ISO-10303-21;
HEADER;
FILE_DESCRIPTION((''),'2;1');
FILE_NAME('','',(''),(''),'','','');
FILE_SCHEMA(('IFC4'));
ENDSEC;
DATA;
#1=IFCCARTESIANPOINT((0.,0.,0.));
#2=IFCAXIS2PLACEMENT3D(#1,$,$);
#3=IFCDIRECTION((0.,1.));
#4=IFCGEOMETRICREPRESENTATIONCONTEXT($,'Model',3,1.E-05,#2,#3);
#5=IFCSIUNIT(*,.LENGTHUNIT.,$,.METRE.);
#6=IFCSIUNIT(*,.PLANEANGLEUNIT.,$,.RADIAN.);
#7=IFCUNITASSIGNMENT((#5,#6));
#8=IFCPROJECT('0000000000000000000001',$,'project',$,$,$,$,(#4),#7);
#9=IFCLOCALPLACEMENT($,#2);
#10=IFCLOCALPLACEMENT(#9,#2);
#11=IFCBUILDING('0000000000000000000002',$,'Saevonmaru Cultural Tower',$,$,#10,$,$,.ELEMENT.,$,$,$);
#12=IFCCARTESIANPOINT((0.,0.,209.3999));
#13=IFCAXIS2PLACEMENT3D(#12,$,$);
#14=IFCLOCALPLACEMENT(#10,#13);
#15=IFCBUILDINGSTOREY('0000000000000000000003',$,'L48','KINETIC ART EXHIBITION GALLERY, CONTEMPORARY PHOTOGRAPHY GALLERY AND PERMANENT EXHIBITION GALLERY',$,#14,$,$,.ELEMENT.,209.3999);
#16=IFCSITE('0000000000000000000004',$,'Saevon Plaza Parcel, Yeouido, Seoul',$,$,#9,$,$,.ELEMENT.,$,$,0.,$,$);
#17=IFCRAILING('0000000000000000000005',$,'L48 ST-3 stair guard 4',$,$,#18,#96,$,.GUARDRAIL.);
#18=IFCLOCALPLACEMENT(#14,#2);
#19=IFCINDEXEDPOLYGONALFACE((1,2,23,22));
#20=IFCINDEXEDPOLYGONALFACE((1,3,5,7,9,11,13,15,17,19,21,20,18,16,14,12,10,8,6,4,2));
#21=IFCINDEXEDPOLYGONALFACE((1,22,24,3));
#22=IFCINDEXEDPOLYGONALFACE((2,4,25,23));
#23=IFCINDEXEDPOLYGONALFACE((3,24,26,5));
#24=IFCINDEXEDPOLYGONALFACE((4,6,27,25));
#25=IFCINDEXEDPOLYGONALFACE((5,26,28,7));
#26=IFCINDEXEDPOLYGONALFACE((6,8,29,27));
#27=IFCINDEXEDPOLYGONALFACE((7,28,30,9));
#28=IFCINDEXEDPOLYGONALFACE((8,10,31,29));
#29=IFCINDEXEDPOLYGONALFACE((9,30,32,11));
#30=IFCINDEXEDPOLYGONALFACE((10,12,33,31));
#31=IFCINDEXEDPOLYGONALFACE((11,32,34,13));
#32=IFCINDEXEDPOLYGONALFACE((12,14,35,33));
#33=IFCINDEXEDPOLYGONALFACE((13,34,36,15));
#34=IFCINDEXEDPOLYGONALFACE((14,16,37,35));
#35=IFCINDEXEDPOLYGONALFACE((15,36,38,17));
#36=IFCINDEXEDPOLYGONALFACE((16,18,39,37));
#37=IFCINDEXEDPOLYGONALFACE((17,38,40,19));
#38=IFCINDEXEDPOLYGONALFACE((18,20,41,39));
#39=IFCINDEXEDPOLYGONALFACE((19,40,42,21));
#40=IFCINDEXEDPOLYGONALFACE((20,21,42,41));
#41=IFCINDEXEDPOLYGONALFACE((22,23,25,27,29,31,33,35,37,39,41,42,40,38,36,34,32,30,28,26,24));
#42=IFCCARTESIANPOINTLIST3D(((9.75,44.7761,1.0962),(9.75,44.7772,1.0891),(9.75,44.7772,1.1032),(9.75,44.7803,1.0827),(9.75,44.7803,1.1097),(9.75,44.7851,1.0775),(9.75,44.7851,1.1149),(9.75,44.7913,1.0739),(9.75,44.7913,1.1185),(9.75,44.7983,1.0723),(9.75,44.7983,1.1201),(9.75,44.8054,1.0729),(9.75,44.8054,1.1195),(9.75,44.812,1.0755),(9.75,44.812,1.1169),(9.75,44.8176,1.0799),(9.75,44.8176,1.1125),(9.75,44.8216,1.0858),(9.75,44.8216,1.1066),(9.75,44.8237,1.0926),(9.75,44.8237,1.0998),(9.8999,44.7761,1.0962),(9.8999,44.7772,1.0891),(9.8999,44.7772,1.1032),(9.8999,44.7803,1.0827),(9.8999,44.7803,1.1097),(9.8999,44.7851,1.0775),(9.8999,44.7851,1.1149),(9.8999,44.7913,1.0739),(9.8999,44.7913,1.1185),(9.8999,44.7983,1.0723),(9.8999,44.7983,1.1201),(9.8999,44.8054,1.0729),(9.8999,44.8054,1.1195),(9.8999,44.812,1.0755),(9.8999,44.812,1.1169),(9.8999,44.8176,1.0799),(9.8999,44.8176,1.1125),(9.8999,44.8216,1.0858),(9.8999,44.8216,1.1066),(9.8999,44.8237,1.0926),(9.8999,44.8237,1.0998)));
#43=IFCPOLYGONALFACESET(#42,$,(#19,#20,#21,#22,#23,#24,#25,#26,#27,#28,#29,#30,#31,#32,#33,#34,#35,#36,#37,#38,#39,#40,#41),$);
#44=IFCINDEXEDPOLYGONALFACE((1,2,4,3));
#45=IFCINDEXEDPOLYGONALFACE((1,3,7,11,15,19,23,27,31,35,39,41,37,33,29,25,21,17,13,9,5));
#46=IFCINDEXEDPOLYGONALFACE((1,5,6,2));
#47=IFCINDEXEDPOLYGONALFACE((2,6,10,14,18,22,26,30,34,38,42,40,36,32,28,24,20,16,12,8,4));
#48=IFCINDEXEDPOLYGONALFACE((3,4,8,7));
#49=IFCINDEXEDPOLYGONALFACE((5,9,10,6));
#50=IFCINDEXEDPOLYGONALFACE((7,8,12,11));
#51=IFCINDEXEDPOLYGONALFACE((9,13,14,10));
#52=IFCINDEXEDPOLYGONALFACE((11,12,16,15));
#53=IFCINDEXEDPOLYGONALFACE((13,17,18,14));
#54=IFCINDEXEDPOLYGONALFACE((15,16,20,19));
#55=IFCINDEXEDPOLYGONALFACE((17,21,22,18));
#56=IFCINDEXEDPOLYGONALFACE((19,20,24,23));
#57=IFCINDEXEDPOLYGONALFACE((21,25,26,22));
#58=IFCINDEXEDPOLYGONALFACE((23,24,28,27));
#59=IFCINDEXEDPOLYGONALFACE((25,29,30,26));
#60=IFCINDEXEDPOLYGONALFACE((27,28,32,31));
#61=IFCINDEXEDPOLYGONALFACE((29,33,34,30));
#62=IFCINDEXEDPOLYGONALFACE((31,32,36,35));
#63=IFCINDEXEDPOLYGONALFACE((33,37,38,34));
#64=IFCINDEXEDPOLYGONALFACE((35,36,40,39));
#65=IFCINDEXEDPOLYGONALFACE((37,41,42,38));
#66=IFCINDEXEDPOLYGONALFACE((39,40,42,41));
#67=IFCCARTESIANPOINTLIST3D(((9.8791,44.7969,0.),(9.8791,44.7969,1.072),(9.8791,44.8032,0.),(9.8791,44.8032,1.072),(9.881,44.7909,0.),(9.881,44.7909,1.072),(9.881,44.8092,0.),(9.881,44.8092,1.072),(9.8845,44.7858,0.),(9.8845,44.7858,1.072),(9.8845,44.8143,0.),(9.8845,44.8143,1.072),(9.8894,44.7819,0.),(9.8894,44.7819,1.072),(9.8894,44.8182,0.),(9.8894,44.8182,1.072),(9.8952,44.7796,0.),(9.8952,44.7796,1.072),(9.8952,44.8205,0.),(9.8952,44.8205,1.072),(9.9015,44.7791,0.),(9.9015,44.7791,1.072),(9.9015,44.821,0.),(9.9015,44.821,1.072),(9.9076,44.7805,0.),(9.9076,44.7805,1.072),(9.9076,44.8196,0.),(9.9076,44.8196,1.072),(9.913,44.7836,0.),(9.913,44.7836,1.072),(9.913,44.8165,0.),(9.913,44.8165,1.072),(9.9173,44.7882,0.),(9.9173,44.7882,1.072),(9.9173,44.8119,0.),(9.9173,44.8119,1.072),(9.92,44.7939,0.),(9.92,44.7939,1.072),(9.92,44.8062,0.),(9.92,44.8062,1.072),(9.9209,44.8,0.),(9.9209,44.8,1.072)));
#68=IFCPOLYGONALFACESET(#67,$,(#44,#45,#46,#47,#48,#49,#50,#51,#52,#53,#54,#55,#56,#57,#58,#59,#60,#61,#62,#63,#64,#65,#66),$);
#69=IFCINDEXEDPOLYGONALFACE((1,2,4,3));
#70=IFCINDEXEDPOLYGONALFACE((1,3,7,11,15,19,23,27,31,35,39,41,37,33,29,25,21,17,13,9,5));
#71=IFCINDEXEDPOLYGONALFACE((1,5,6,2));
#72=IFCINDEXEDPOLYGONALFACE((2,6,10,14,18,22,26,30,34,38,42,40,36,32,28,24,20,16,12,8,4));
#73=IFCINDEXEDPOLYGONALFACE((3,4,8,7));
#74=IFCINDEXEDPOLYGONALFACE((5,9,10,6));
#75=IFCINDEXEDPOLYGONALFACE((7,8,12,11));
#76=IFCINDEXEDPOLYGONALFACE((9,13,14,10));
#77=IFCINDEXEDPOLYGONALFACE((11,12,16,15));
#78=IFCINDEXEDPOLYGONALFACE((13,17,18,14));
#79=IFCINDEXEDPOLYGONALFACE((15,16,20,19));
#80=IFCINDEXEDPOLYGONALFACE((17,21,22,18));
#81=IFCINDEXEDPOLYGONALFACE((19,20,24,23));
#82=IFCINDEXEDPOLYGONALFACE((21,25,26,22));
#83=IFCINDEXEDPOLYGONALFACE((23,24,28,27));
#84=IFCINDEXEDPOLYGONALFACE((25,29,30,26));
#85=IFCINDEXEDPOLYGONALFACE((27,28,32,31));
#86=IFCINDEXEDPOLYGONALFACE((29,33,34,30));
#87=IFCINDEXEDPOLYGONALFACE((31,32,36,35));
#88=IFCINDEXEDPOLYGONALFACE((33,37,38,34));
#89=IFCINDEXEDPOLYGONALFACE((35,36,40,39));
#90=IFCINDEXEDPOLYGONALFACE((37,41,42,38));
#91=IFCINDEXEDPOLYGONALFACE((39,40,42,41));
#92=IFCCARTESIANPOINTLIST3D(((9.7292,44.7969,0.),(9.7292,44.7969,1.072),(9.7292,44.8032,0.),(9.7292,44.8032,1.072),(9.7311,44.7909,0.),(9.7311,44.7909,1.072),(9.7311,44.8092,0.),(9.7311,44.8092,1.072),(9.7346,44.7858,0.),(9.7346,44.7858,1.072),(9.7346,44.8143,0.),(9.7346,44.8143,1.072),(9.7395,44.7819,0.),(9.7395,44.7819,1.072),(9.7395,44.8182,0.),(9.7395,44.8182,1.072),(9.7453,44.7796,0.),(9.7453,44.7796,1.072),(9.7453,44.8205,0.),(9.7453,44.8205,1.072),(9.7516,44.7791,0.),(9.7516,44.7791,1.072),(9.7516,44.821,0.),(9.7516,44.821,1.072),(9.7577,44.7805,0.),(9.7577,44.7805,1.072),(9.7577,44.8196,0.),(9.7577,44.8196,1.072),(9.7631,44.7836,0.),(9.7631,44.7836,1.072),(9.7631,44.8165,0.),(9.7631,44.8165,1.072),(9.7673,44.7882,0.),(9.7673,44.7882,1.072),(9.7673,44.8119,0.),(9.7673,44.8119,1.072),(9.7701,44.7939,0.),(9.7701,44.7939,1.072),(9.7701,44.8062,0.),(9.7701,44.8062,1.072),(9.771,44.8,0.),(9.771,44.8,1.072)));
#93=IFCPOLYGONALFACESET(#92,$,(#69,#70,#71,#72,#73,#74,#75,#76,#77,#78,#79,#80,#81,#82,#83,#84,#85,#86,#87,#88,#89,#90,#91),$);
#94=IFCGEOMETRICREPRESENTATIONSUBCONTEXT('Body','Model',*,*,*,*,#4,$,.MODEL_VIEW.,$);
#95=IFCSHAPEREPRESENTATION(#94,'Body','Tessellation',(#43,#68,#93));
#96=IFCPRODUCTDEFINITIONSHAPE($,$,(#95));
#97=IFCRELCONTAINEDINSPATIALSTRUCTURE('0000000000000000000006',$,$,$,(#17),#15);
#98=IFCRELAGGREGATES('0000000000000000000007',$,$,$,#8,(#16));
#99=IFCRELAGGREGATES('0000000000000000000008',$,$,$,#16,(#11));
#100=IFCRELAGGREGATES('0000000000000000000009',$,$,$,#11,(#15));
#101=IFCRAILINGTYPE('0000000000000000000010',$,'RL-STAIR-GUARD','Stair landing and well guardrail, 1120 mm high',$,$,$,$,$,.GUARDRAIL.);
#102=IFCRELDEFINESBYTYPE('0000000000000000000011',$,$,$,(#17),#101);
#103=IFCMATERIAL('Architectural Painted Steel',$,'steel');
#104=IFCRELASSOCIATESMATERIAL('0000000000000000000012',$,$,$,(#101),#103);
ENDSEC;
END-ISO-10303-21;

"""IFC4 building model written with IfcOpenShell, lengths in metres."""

from ifc_helpers import new_model, si_unit, direction, frame, origin, origin_2d, place, context, subcontext, project, spatial, circle, extrude, material, type_object, element, save


model = new_model("IFC4")

# Units and contexts
model_context = context("Model", 3, precision=1e-05, world=origin(), true_north=direction((0.0, 1.0)))
body_context = subcontext(model_context, "Body", "Model", "MODEL_VIEW")
ifc_project = project(units=[si_unit("LENGTHUNIT", "METRE"), si_unit("PLANEANGLEUNIT", "RADIAN")], contexts=[model_context])

# Site, building, storey
site_placement = place(None, origin())
site = spatial("IfcSite", under=ifc_project, at=site_placement, Name="Saevon Plaza Parcel, Yeouido, Seoul", CompositionType="ELEMENT", RefElevation=0.0)
building_placement = place(site_placement, origin())
building = spatial("IfcBuilding", under=site, at=building_placement, Name="Saevonmaru Cultural Tower", CompositionType="ELEMENT")
storey_placement = place(building_placement, frame((0.0, 0.0, 209.3999)))
storey = spatial("IfcBuildingStorey", under=building, at=storey_placement, Name="L48", Description="KINETIC ART EXHIBITION GALLERY, CONTEMPORARY PHOTOGRAPHY GALLERY AND PERMANENT EXHIBITION GALLERY", CompositionType="ELEMENT", Elevation=209.3999)

# Railing
ifc_material_1 = material(Name="Architectural Painted Steel", Category="steel")
railing_type_1 = type_object("IfcRailingType", Name="RL-STAIR-GUARD", Description="Stair landing and well guardrail, 1120 mm high", PredefinedType="GUARDRAIL", material=ifc_material_1)
railing_1_placement = place(storey_placement, frame((9.8999, 44.8, 0.0)))
element("IfcRailing", 1, at=railing_1_placement, inside=storey, type_object=railing_type_1, Name="L48 ST-3 stair guard 4", PredefinedType="GUARDRAIL", context=body_context, shape_type="SweptSolid", body=[
    extrude(circle(Radius=0.0239, at=origin_2d()), frame((0.0, 0.0, 1.0962), z_axis=(-1.0, 0.0, 0.0), x_axis=(0.0, -1.0, 0.0)), (0.0, 0.0, 1.0), 0.1499),
    extrude(circle(Radius=0.021, at=origin_2d()), origin(), (0.0, 0.0, 1.0), 1.072),
    extrude(circle(Radius=0.021, at=origin_2d()), frame((-0.1499, 0.0, 0.0)), (0.0, 0.0, 1.0), 1.072),
])

save(model, "model.ifc")
